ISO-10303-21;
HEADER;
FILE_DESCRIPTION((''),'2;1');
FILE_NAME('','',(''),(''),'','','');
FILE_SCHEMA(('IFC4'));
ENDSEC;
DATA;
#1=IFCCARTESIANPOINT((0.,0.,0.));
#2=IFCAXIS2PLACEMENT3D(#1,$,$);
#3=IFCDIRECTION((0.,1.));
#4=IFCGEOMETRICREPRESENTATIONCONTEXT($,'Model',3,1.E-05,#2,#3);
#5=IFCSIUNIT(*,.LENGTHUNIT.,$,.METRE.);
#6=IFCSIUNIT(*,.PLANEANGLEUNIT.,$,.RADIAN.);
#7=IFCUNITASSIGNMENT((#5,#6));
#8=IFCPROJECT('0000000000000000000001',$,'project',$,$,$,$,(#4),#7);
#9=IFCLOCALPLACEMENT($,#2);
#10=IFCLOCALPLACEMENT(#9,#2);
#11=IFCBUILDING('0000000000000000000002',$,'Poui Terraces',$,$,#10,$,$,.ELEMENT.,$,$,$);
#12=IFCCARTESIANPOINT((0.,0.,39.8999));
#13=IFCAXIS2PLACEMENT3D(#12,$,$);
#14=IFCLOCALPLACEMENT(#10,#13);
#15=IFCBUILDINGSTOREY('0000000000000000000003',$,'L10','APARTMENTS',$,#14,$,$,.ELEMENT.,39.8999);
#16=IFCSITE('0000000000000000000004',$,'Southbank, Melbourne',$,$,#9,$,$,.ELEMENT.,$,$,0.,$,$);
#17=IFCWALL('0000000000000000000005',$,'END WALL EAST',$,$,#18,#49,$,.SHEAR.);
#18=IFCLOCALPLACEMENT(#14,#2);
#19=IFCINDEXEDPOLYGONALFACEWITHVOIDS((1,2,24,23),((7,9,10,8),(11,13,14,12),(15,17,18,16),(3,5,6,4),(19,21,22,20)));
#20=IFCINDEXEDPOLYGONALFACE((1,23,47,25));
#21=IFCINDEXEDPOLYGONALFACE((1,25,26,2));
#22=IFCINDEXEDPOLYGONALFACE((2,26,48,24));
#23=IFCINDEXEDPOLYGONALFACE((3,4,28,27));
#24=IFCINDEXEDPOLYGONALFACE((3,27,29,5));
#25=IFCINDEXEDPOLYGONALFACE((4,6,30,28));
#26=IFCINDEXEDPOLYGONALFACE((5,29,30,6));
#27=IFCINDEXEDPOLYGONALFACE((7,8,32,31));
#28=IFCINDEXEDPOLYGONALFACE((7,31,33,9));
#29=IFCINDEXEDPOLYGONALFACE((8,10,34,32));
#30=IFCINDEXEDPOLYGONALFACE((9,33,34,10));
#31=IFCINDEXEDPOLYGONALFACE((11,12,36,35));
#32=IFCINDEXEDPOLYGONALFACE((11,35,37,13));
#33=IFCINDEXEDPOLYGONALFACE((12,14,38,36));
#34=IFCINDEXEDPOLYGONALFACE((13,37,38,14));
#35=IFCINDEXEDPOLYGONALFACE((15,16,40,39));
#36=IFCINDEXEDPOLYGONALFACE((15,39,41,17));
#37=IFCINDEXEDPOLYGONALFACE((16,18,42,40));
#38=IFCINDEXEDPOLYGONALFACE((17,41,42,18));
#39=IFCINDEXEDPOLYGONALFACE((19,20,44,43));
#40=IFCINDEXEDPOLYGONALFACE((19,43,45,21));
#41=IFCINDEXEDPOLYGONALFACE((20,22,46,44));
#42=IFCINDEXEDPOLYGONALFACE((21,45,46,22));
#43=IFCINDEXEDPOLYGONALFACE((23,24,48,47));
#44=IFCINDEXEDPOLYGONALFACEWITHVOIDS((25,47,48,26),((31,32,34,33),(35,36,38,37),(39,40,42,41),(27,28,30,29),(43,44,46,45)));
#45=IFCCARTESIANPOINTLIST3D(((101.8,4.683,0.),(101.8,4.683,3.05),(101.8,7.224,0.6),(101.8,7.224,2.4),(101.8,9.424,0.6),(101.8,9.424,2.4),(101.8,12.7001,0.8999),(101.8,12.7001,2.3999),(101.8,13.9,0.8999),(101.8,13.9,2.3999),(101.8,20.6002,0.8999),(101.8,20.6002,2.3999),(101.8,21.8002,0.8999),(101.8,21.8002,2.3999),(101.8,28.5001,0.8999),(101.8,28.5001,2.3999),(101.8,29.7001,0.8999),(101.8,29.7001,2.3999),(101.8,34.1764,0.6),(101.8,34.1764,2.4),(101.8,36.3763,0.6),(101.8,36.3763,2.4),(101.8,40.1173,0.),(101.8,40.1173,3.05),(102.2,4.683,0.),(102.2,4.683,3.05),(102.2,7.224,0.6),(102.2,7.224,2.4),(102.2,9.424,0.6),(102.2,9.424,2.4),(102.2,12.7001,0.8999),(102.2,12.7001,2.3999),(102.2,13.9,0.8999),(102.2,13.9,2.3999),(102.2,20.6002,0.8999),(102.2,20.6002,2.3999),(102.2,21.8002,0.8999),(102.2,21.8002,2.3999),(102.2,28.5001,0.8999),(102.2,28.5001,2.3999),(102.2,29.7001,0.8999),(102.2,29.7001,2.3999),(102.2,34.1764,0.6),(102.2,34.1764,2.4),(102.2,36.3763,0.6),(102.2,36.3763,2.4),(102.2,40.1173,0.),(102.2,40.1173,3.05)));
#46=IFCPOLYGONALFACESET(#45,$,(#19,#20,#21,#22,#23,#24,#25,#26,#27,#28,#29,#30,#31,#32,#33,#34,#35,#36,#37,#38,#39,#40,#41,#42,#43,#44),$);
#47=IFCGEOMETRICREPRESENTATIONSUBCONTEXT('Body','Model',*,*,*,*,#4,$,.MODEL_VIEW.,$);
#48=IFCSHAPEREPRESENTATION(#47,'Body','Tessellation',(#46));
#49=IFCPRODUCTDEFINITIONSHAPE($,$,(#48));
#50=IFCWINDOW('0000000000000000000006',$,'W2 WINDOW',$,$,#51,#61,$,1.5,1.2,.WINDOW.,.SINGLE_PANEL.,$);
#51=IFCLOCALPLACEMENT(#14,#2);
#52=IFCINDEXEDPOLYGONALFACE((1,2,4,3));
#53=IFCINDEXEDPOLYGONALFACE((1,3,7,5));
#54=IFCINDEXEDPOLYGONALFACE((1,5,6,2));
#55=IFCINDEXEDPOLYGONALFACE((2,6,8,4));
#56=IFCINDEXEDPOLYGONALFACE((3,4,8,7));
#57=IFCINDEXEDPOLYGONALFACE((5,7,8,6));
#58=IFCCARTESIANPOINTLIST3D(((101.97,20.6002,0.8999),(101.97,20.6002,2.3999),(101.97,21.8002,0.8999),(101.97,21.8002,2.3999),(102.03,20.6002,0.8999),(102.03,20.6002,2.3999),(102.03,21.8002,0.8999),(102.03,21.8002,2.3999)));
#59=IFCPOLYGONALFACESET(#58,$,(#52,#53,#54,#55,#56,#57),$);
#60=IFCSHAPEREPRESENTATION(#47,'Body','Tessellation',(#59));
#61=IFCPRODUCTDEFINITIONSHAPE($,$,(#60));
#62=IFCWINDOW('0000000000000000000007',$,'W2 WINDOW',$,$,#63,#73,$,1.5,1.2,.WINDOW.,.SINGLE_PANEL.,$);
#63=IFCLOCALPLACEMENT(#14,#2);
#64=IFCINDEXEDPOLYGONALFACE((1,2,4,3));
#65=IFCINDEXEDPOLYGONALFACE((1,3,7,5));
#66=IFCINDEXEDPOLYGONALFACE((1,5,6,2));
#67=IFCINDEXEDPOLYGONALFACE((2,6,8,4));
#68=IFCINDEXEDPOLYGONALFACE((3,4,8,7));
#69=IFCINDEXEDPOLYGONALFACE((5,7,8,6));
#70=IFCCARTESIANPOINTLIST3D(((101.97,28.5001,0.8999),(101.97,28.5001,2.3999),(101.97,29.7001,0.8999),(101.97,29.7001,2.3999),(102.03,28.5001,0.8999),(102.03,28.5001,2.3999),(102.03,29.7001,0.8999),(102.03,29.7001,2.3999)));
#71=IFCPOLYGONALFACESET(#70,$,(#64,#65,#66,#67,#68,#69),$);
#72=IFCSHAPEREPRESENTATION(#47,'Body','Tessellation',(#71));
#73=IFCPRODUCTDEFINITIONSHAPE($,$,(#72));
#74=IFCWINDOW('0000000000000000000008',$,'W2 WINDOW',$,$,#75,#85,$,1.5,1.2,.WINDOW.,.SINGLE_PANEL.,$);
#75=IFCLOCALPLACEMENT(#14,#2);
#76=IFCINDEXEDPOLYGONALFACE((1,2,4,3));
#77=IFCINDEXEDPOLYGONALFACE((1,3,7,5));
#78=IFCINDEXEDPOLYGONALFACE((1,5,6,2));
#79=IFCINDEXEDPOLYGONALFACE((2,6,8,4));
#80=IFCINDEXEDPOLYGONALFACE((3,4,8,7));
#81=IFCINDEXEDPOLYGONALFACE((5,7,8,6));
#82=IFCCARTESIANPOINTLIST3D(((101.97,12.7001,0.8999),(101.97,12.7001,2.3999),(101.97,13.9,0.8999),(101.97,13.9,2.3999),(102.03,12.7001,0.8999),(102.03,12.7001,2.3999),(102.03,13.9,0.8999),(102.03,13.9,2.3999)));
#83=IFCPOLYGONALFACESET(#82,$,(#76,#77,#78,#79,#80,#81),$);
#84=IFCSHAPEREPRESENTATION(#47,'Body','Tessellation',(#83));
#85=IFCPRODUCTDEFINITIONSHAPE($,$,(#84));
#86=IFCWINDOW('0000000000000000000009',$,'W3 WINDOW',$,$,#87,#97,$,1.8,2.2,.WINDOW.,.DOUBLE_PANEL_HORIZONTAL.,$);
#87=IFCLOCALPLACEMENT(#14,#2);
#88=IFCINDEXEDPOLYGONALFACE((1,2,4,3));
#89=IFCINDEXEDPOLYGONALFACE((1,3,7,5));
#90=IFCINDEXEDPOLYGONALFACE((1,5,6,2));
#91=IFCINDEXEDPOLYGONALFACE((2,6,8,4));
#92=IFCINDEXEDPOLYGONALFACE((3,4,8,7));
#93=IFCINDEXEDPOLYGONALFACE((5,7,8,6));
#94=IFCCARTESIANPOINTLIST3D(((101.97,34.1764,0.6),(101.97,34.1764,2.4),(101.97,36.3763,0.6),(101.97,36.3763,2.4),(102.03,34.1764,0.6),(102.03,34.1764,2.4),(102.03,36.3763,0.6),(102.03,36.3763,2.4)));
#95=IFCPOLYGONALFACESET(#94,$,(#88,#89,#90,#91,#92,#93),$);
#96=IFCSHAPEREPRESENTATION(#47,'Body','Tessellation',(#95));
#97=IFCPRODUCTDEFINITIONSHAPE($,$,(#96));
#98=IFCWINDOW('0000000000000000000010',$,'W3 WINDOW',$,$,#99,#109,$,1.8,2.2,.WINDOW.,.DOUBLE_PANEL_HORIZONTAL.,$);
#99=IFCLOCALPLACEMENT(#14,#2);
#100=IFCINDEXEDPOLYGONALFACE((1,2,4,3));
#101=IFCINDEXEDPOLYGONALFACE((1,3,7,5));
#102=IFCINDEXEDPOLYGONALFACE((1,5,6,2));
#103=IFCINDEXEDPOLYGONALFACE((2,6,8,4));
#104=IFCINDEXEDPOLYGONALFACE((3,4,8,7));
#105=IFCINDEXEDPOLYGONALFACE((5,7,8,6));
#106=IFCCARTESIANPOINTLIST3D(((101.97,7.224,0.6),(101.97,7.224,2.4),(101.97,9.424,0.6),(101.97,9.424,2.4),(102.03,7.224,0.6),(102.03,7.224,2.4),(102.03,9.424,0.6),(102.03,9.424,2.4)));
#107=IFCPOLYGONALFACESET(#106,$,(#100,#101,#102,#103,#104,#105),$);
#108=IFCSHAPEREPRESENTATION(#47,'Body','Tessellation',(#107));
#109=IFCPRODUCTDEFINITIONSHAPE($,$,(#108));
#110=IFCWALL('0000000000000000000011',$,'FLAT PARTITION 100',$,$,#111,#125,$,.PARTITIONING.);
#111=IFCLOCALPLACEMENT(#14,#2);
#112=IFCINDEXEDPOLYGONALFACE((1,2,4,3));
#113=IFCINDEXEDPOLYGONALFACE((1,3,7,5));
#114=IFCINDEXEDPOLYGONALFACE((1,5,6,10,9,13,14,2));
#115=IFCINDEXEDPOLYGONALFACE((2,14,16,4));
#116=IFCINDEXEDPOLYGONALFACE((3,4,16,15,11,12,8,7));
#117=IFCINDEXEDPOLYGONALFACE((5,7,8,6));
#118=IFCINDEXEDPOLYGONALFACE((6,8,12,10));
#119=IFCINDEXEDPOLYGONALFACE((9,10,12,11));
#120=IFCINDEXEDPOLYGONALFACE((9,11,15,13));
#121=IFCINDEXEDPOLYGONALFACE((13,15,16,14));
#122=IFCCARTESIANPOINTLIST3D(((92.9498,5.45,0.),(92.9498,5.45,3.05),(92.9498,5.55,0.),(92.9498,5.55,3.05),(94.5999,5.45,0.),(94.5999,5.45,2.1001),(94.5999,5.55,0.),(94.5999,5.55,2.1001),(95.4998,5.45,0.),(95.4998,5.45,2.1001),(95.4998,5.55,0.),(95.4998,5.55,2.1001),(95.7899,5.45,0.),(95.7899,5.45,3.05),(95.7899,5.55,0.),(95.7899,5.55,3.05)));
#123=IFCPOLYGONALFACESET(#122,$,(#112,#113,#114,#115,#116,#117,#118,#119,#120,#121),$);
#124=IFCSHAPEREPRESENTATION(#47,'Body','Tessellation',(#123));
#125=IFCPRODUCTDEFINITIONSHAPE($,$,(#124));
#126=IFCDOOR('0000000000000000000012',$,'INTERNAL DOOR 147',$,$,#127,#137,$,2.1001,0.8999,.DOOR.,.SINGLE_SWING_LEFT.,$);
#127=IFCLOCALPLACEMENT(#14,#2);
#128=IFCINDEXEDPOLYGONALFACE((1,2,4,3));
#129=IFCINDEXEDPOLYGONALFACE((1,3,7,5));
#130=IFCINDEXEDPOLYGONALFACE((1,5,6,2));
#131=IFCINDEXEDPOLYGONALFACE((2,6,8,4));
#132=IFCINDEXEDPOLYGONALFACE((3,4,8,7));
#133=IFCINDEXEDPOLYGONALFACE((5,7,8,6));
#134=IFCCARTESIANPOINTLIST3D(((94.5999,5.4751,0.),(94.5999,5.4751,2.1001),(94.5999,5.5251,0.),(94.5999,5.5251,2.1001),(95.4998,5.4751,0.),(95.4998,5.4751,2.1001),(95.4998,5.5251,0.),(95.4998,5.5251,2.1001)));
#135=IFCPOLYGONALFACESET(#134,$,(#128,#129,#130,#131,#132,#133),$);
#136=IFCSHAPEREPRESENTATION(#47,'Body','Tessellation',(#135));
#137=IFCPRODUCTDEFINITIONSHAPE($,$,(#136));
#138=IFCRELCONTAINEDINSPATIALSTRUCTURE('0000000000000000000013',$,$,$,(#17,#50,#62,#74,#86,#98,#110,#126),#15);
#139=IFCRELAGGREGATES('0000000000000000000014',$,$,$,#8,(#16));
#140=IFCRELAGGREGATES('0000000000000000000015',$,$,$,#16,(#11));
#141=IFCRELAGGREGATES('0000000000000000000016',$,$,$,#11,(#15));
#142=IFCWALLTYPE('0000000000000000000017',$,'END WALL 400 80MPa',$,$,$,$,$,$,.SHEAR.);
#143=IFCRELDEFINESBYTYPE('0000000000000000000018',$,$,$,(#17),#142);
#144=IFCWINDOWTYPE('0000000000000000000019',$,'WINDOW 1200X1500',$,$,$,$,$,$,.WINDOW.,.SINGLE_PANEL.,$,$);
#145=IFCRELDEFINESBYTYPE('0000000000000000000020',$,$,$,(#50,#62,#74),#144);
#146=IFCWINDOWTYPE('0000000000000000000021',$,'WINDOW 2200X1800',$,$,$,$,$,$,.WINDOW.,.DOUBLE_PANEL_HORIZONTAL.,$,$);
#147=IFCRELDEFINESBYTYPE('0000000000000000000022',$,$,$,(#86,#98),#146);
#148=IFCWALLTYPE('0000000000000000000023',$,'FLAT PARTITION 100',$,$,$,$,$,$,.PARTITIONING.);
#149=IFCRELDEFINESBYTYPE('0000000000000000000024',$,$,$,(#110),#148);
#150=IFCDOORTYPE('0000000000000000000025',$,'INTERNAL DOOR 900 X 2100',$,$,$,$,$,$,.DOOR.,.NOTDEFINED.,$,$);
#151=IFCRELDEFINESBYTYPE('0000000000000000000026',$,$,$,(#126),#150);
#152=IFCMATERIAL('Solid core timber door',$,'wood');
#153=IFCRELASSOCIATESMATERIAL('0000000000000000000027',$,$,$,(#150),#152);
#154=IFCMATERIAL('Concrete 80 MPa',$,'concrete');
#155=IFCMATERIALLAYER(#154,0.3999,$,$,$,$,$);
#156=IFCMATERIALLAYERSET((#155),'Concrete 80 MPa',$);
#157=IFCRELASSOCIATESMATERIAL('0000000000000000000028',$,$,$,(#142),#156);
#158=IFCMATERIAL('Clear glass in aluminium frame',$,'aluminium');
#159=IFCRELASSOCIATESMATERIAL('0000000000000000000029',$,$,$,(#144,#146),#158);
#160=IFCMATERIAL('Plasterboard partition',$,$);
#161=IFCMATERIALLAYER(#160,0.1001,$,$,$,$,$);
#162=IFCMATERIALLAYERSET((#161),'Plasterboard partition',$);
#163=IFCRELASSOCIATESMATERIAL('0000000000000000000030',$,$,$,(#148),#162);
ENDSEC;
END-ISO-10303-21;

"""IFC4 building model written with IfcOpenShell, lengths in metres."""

from ifc_helpers import new_model, si_unit, direction, frame, frame_2d, origin, place, context, subcontext, project, spatial, rectangle, extrude, material, layer, layer_set, type_object, element, fill, save


model = new_model("IFC4")

# Units and contexts
model_context = context("Model", 3, precision=1e-05, world=origin(), true_north=direction((0.0, 1.0)))
body_context = subcontext(model_context, "Body", "Model", "MODEL_VIEW")
ifc_project = project(units=[si_unit("LENGTHUNIT", "METRE"), si_unit("PLANEANGLEUNIT", "RADIAN")], contexts=[model_context])

# Site, building, storey
site_placement = place(None, origin())
site = spatial("IfcSite", under=ifc_project, at=site_placement, Name="Southbank, Melbourne", CompositionType="ELEMENT", RefElevation=0.0)
building_placement = place(site_placement, origin())
building = spatial("IfcBuilding", under=site, at=building_placement, Name="Poui Terraces", CompositionType="ELEMENT")
storey_placement = place(building_placement, frame((0.0, 0.0, 39.8999)))
storey = spatial("IfcBuildingStorey", under=building, at=storey_placement, Name="L10", Description="APARTMENTS", CompositionType="ELEMENT", Elevation=39.8999)

# Shared definitions
ifc_material_1 = material(Name="Concrete 80 MPa", Category="concrete")
ifc_material_2 = material(Name="Solid core timber door", Category="wood")
door_type_1 = type_object("IfcDoorType", Name="INTERNAL DOOR 900 X 2100", OperationType="NOTDEFINED", PredefinedType="DOOR", material=ifc_material_2)

# Wall, openings, windows
ifc_layer_1 = layer(ifc_material_1, 0.3999)
ifc_layer_set_1 = layer_set([ifc_layer_1], Name="Concrete 80 MPa")
wall_type_1 = type_object("IfcWallType", Name="END WALL 400 80MPa", PredefinedType="SHEAR", material=ifc_layer_set_1)
wall_1_placement = place(storey_placement, frame((102.0, 4.6829, 0.0), z_axis=(0.0, 0.0, 1.0), x_axis=(0.0, 1.0, 0.0)))
wall_1 = element("IfcWall", 1, at=wall_1_placement, inside=storey, type_object=wall_type_1, Name="END WALL EAST", PredefinedType="SHEAR", context=body_context, shape_type="SweptSolid", body=[
    extrude(rectangle(XDim=35.4343, YDim=0.3999, at=frame_2d((17.7173, 0.0))), origin(), (0.0, 0.0, 1.0), 3.05),
])
opening_1_placement = place(wall_1_placement, frame((15.9172, 0.0, 0.8999)))
opening_1 = element("IfcOpeningElement", 2, at=opening_1_placement, cuts=wall_1, PredefinedType="OPENING", context=body_context, shape_type="SweptSolid", body=[
    extrude(rectangle(XDim=1.2, YDim=1.5, at=frame_2d((0.6001, 0.75))), frame((0.0, 0.21, 0.0), z_axis=(0.0, -1.0, 0.0), x_axis=(1.0, 0.0, 0.0)), (0.0, 0.0, 1.0), 0.4199),
])
opening_2_placement = place(wall_1_placement, frame((23.8171, 0.0, 0.8999)))
opening_2 = element("IfcOpeningElement", 3, at=opening_2_placement, cuts=wall_1, PredefinedType="OPENING", context=body_context, shape_type="SweptSolid", body=[
    extrude(rectangle(XDim=1.2, YDim=1.5, at=frame_2d((0.6001, 0.75))), frame((0.0, 0.21, 0.0), z_axis=(0.0, -1.0, 0.0), x_axis=(1.0, 0.0, 0.0)), (0.0, 0.0, 1.0), 0.4199),
])
opening_3_placement = place(wall_1_placement, frame((8.0171, 0.0, 0.8999)))
opening_3 = element("IfcOpeningElement", 4, at=opening_3_placement, cuts=wall_1, PredefinedType="OPENING", context=body_context, shape_type="SweptSolid", body=[
    extrude(rectangle(XDim=1.2, YDim=1.5, at=frame_2d((0.6001, 0.75))), frame((0.0, 0.21, 0.0), z_axis=(0.0, -1.0, 0.0), x_axis=(1.0, 0.0, 0.0)), (0.0, 0.0, 1.0), 0.4199),
])
opening_4_placement = place(wall_1_placement, frame((29.4934, 0.0, 0.6001)))
opening_4 = element("IfcOpeningElement", 5, at=opening_4_placement, cuts=wall_1, PredefinedType="OPENING", context=body_context, shape_type="SweptSolid", body=[
    extrude(rectangle(XDim=2.2, YDim=1.8, at=frame_2d((1.1001, 0.8999))), frame((0.0, 0.21, 0.0), z_axis=(0.0, -1.0, 0.0), x_axis=(1.0, 0.0, 0.0)), (0.0, 0.0, 1.0), 0.4199),
])
opening_5_placement = place(wall_1_placement, frame((2.541, 0.0, 0.6001)))
opening_5 = element("IfcOpeningElement", 6, at=opening_5_placement, cuts=wall_1, PredefinedType="OPENING", context=body_context, shape_type="SweptSolid", body=[
    extrude(rectangle(XDim=2.2, YDim=1.8, at=frame_2d((1.1001, 0.8999))), frame((0.0, 0.21, 0.0), z_axis=(0.0, -1.0, 0.0), x_axis=(1.0, 0.0, 0.0)), (0.0, 0.0, 1.0), 0.4199),
])
ifc_material_3 = material(Name="Clear glass in aluminium frame", Category="aluminium")
window_type_1 = type_object("IfcWindowType", Name="WINDOW 1200X1500", PartitioningType="SINGLE_PANEL", PredefinedType="WINDOW", material=ifc_material_3)
window_1_placement = place(opening_1_placement, origin())
window_1 = element("IfcWindow", 7, at=window_1_placement, inside=storey, type_object=window_type_1, Name="W2 WINDOW", OverallHeight=1.5, OverallWidth=1.2, PartitioningType="SINGLE_PANEL", PredefinedType="WINDOW", context=body_context, shape_type="SweptSolid", body=[
    extrude(rectangle(XDim=1.2, YDim=1.5, at=frame_2d((0.6001, 0.75))), frame((0.0, 0.03, 0.0), z_axis=(0.0, -1.0, 0.0), x_axis=(1.0, 0.0, 0.0)), (0.0, 0.0, 1.0), 0.0601),
])
fill(opening_1, window_1)
window_2_placement = place(opening_2_placement, origin())
window_2 = element("IfcWindow", 8, at=window_2_placement, inside=storey, type_object=window_type_1, Name="W2 WINDOW", OverallHeight=1.5, OverallWidth=1.2, PartitioningType="SINGLE_PANEL", PredefinedType="WINDOW", context=body_context, shape_type="SweptSolid", body=[
    extrude(rectangle(XDim=1.2, YDim=1.5, at=frame_2d((0.6001, 0.75))), frame((0.0, 0.03, 0.0), z_axis=(0.0, -1.0, 0.0), x_axis=(1.0, 0.0, 0.0)), (0.0, 0.0, 1.0), 0.0601),
])
fill(opening_2, window_2)
window_3_placement = place(opening_3_placement, origin())
window_3 = element("IfcWindow", 9, at=window_3_placement, inside=storey, type_object=window_type_1, Name="W2 WINDOW", OverallHeight=1.5, OverallWidth=1.2, PartitioningType="SINGLE_PANEL", PredefinedType="WINDOW", context=body_context, shape_type="SweptSolid", body=[
    extrude(rectangle(XDim=1.2, YDim=1.5, at=frame_2d((0.6001, 0.75))), frame((0.0, 0.03, 0.0), z_axis=(0.0, -1.0, 0.0), x_axis=(1.0, 0.0, 0.0)), (0.0, 0.0, 1.0), 0.0601),
])
fill(opening_3, window_3)
window_type_2 = type_object("IfcWindowType", Name="WINDOW 2200X1800", PartitioningType="DOUBLE_PANEL_HORIZONTAL", PredefinedType="WINDOW", material=ifc_material_3)
window_4_placement = place(opening_4_placement, origin())
window_4 = element("IfcWindow", 10, at=window_4_placement, inside=storey, type_object=window_type_2, Name="W3 WINDOW", OverallHeight=1.8, OverallWidth=2.2, PartitioningType="DOUBLE_PANEL_HORIZONTAL", PredefinedType="WINDOW", context=body_context, shape_type="SweptSolid", body=[
    extrude(rectangle(XDim=2.2, YDim=1.8, at=frame_2d((1.1001, 0.8999))), frame((0.0, 0.03, 0.0), z_axis=(0.0, -1.0, 0.0), x_axis=(1.0, 0.0, 0.0)), (0.0, 0.0, 1.0), 0.0601),
])
fill(opening_4, window_4)
window_5_placement = place(opening_5_placement, origin())
window_5 = element("IfcWindow", 11, at=window_5_placement, inside=storey, type_object=window_type_2, Name="W3 WINDOW", OverallHeight=1.8, OverallWidth=2.2, PartitioningType="DOUBLE_PANEL_HORIZONTAL", PredefinedType="WINDOW", context=body_context, shape_type="SweptSolid", body=[
    extrude(rectangle(XDim=2.2, YDim=1.8, at=frame_2d((1.1001, 0.8999))), frame((0.0, 0.03, 0.0), z_axis=(0.0, -1.0, 0.0), x_axis=(1.0, 0.0, 0.0)), (0.0, 0.0, 1.0), 0.0601),
])
fill(opening_5, window_5)

# Wall, opening, door
ifc_material_4 = material(Name="Plasterboard partition")
ifc_layer_2 = layer(ifc_material_4, 0.1001)
ifc_layer_set_2 = layer_set([ifc_layer_2], Name="Plasterboard partition")
wall_type_2 = type_object("IfcWallType", Name="FLAT PARTITION 100", PredefinedType="PARTITIONING", material=ifc_layer_set_2)
wall_2_placement = place(storey_placement, frame((92.95, 5.5, 0.0), z_axis=(0.0, 0.0, 1.0), x_axis=(1.0, 0.0, 0.0)))
wall_2 = element("IfcWall", 12, at=wall_2_placement, inside=storey, type_object=wall_type_2, Name="FLAT PARTITION 100", PredefinedType="PARTITIONING", context=body_context, shape_type="SweptSolid", body=[
    extrude(rectangle(XDim=2.8401, YDim=0.1001, at=frame_2d((1.4199, 0.0))), origin(), (0.0, 0.0, 1.0), 3.05),
])
opening_6_placement = place(wall_2_placement, frame((1.6499, 0.0, 0.0)))
opening_6 = element("IfcOpeningElement", 13, at=opening_6_placement, cuts=wall_2, PredefinedType="OPENING", context=body_context, shape_type="SweptSolid", body=[
    extrude(rectangle(XDim=0.8999, YDim=2.1001, at=frame_2d((0.45, 1.05))), frame((0.0, 0.0601, 0.0), z_axis=(0.0, -1.0, 0.0), x_axis=(1.0, 0.0, 0.0)), (0.0, 0.0, 1.0), 0.1201),
])
door_1_placement = place(opening_6_placement, frame((0.8999, 0.0, 0.0), z_axis=(0.0, 0.0, 1.0), x_axis=(-1.0, 0.0, 0.0)))
door_1 = element("IfcDoor", 14, at=door_1_placement, inside=storey, type_object=door_type_1, Name="INTERNAL DOOR 147", OperationType="SINGLE_SWING_LEFT", OverallHeight=2.1001, OverallWidth=0.8999, PredefinedType="DOOR", context=body_context, shape_type="SweptSolid", body=[
    extrude(rectangle(XDim=0.8999, YDim=2.1001, at=frame_2d((0.45, 1.05))), frame((0.0, 0.0249, 0.0), z_axis=(0.0, -1.0, 0.0), x_axis=(1.0, 0.0, 0.0)), (0.0, 0.0, 1.0), 0.05),
])
fill(opening_6, door_1)

save(model, "model.ifc")
